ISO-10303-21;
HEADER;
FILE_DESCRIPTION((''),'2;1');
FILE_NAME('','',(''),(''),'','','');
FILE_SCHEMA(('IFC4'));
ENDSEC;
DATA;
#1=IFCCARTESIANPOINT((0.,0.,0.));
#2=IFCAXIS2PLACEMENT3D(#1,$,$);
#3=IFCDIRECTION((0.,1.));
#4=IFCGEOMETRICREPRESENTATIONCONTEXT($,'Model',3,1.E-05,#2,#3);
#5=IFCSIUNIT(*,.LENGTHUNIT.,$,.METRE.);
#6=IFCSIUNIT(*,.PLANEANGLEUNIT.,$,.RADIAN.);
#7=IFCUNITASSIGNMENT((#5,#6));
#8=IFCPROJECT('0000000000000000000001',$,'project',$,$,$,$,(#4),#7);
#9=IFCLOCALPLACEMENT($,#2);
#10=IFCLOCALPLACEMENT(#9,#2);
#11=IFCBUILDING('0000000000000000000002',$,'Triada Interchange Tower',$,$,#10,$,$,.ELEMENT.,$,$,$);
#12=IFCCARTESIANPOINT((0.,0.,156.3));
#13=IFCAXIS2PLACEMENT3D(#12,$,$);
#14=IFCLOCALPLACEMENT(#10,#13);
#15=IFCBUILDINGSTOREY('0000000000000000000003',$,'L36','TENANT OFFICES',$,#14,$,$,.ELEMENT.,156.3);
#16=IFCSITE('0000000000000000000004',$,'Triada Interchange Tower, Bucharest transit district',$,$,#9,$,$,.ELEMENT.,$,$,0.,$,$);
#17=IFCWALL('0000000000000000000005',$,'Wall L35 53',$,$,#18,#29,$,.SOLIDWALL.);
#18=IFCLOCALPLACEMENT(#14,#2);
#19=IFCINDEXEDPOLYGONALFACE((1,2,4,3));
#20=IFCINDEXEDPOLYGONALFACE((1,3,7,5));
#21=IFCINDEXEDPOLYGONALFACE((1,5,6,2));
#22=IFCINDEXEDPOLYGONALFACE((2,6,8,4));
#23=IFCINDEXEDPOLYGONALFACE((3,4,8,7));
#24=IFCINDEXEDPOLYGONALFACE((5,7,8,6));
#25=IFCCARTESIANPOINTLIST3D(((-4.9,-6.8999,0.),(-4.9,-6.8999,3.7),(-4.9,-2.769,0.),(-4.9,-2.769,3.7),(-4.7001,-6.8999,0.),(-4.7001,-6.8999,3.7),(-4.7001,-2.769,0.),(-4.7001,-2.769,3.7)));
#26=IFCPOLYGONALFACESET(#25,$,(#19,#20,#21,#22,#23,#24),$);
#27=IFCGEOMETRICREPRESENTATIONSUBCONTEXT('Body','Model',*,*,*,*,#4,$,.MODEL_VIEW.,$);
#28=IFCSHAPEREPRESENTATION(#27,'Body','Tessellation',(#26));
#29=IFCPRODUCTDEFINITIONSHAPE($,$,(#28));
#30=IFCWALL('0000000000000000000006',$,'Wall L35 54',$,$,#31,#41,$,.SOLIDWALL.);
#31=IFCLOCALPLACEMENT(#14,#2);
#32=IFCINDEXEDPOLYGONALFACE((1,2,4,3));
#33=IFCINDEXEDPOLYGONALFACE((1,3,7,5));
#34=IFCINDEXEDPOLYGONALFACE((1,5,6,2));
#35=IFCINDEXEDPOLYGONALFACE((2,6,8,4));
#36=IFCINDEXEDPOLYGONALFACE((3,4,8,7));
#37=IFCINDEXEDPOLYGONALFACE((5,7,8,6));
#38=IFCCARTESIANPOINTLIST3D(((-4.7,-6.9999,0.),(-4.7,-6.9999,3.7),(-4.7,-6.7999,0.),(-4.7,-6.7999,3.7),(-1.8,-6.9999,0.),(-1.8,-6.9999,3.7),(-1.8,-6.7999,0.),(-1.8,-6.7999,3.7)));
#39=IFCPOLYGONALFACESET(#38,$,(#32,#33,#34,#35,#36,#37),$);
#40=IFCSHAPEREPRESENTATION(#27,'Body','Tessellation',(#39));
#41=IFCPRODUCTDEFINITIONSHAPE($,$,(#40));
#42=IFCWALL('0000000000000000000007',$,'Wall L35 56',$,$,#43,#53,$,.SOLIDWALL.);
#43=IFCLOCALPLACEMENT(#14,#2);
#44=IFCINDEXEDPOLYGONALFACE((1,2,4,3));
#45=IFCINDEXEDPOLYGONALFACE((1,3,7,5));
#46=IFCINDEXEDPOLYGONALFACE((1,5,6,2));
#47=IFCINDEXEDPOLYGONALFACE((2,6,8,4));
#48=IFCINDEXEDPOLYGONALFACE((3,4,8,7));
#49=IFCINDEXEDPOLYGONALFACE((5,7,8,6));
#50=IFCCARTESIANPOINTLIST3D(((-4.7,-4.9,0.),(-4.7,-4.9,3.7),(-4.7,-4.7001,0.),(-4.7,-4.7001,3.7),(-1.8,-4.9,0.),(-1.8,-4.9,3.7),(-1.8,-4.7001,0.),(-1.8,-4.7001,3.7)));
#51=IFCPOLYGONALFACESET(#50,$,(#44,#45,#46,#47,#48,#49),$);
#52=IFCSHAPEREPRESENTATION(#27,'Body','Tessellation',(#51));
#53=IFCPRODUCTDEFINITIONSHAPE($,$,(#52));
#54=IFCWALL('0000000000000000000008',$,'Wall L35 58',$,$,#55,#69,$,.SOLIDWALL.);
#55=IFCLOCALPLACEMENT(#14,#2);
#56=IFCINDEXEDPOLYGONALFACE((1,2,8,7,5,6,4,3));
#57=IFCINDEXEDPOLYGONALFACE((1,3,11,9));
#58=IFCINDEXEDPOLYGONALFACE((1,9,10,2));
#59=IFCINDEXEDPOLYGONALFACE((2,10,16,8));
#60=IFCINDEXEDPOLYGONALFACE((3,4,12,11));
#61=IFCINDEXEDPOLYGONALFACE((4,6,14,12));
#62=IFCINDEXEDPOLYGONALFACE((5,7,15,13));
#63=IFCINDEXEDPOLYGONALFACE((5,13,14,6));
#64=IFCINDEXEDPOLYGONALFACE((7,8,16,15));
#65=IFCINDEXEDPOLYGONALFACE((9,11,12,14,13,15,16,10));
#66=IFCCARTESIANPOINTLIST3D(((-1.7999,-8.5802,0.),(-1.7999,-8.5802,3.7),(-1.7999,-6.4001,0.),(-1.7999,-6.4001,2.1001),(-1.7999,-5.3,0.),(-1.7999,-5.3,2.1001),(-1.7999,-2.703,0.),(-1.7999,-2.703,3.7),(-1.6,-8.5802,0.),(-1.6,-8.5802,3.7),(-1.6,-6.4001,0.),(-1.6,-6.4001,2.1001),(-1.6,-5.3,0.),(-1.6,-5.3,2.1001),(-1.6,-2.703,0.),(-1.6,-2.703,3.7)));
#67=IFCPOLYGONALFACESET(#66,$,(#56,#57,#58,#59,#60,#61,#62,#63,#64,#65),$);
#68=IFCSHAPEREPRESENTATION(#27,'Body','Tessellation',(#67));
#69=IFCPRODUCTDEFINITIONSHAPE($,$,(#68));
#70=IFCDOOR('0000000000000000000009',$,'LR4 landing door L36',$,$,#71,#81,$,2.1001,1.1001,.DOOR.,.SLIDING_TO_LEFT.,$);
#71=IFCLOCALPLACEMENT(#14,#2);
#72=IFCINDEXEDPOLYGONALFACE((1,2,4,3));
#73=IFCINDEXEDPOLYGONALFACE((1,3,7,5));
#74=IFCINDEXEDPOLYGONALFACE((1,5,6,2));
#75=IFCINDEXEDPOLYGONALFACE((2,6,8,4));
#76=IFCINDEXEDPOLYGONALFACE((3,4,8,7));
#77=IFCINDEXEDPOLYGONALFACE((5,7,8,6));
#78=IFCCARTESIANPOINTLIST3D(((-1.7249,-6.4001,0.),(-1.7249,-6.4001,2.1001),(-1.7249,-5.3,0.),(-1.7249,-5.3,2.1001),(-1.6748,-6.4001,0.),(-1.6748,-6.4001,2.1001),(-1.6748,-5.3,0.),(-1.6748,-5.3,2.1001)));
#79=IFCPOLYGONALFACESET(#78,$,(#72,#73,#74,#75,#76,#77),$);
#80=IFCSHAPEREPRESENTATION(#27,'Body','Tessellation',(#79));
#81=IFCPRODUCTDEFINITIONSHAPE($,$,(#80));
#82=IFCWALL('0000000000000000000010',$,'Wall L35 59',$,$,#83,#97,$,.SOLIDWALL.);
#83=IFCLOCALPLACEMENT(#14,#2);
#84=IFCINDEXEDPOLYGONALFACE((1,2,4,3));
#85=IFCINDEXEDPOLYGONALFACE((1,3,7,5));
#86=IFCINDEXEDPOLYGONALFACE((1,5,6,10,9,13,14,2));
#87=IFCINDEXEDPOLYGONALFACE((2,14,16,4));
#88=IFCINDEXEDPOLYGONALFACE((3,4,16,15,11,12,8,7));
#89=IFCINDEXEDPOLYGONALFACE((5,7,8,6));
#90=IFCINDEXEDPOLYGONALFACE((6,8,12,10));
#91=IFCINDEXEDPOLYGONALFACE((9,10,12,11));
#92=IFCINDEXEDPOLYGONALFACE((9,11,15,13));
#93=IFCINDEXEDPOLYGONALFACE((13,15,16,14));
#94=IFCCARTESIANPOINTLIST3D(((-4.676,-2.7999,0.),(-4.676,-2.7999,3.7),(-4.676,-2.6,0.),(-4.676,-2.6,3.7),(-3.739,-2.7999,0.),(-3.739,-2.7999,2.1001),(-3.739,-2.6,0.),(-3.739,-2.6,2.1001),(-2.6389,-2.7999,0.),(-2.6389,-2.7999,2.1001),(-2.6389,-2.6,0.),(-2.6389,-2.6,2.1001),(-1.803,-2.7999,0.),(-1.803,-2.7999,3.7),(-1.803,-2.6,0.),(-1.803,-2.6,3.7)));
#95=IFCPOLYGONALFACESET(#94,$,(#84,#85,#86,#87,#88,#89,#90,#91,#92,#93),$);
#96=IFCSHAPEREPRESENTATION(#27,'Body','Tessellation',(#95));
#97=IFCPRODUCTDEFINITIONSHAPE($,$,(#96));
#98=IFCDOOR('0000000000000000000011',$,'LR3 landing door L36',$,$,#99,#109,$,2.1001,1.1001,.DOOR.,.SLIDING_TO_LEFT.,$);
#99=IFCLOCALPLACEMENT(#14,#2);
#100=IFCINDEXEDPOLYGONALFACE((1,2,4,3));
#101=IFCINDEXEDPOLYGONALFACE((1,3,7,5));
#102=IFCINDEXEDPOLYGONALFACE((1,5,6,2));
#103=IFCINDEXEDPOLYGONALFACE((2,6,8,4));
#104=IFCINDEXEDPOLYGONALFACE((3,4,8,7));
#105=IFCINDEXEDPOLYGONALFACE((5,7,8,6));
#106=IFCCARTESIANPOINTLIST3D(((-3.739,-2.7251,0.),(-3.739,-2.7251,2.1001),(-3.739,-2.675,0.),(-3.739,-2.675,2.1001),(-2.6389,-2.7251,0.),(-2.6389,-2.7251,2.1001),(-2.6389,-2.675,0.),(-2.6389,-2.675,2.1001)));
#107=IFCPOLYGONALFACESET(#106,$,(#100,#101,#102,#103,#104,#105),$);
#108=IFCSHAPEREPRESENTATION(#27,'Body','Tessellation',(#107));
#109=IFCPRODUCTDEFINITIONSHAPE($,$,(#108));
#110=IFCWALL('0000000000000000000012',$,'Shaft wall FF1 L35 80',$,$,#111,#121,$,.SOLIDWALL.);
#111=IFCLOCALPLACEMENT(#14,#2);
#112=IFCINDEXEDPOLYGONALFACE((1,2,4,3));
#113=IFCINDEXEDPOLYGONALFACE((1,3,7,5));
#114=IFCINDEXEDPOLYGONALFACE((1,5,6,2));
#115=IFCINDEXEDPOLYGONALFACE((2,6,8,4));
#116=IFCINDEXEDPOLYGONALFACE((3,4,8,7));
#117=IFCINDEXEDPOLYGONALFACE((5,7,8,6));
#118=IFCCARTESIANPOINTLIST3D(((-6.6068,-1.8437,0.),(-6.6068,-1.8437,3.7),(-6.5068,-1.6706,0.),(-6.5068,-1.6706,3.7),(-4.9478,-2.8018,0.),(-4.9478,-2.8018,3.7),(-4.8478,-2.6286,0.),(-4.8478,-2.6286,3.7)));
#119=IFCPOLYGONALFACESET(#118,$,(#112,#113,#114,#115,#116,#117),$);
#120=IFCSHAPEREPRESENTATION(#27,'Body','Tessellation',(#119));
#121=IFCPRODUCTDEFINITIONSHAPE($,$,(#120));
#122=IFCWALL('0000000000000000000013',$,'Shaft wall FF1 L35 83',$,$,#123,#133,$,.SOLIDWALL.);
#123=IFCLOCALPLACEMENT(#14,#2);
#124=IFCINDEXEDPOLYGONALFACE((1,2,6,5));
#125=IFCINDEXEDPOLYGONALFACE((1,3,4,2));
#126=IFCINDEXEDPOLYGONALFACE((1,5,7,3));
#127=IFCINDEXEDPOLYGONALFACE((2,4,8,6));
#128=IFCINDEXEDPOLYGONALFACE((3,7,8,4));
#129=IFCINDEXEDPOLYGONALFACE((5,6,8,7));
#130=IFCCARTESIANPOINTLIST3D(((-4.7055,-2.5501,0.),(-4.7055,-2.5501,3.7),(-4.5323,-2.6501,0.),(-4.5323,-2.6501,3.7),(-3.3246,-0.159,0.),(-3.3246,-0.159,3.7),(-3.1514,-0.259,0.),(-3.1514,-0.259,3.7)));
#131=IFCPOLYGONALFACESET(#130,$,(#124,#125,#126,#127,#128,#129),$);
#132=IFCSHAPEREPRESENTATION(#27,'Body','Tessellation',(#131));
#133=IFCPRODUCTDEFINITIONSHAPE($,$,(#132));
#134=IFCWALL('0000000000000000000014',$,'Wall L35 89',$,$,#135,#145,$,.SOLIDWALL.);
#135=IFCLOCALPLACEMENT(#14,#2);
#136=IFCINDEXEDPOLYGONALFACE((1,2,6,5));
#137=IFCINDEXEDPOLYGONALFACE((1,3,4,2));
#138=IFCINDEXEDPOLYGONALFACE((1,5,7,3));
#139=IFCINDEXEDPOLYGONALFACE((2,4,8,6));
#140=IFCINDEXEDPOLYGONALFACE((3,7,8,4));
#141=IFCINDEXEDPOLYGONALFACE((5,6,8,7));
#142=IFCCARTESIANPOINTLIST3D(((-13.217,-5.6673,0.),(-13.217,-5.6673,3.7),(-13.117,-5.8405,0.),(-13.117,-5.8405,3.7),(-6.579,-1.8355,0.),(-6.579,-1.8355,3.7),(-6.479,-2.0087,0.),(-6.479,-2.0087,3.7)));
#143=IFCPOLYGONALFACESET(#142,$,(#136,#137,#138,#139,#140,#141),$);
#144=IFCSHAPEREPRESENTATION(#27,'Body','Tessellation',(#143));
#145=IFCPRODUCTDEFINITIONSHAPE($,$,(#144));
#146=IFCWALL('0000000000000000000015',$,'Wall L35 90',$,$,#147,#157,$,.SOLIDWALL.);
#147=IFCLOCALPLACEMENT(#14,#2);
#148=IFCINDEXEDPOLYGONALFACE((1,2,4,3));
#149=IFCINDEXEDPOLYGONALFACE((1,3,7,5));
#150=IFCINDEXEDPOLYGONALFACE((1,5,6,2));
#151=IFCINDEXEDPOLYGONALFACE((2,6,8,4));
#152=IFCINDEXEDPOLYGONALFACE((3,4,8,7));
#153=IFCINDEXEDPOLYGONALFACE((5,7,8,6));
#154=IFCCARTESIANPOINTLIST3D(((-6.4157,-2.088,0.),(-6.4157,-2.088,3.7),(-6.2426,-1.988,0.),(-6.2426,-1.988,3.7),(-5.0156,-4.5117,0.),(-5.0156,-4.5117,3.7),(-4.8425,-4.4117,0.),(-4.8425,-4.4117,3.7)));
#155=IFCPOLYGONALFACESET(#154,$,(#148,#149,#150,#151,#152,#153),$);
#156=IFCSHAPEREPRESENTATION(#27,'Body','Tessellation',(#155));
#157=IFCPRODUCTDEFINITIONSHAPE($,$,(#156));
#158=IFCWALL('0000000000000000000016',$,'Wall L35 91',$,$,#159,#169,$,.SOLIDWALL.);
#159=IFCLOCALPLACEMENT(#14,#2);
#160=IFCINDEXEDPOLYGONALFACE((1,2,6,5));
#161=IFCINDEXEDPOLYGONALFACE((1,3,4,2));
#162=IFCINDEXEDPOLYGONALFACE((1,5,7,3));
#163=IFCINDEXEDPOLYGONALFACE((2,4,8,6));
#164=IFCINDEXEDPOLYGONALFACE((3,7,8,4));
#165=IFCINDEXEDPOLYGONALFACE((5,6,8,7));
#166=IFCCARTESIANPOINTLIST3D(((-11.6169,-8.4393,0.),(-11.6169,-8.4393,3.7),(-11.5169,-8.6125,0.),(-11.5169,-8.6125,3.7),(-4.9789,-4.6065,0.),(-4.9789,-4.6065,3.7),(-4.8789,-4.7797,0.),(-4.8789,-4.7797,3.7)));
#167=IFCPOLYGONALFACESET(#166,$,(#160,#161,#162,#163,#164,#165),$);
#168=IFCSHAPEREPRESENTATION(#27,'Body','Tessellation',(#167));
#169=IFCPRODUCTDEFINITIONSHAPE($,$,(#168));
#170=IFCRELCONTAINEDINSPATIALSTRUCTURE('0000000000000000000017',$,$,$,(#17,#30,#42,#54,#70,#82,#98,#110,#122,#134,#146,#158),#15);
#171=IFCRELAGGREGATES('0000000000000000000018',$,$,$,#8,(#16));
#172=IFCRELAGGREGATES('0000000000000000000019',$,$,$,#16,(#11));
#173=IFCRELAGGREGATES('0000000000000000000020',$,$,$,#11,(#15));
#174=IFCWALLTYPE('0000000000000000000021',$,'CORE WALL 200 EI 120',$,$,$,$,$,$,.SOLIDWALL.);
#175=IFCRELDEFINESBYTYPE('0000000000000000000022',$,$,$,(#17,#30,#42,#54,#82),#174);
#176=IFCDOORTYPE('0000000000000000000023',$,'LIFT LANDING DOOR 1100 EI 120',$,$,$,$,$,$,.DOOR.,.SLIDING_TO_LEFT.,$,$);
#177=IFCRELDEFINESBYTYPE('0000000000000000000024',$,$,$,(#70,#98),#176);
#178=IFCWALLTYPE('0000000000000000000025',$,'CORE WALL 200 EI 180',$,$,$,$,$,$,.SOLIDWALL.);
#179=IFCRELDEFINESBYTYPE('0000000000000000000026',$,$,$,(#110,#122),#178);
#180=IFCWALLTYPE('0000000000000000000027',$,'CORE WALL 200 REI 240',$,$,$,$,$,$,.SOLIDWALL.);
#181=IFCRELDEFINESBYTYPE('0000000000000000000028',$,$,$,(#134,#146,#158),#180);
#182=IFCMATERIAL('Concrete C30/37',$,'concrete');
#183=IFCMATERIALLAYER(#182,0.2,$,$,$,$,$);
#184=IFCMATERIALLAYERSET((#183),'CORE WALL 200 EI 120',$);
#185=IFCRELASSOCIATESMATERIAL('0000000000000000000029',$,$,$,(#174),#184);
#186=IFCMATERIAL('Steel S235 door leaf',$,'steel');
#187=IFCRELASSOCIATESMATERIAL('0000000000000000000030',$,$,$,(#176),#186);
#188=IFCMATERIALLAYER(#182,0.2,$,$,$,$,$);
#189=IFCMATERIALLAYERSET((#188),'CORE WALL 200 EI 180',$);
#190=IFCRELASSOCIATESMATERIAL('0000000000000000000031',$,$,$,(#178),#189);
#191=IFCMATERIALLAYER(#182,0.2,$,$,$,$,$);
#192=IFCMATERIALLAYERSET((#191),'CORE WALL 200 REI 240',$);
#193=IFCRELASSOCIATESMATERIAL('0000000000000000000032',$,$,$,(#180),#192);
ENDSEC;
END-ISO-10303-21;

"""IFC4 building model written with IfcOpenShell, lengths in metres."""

from ifc_helpers import new_model, si_unit, direction, frame, frame_2d, origin, place, context, subcontext, project, spatial, rectangle, extrude, material, layer, layer_set, type_object, element, fill, save


model = new_model("IFC4")

# Units and contexts
model_context = context("Model", 3, precision=1e-05, world=origin(), true_north=direction((0.0, 1.0)))
body_context = subcontext(model_context, "Body", "Model", "MODEL_VIEW")
ifc_project = project(units=[si_unit("LENGTHUNIT", "METRE"), si_unit("PLANEANGLEUNIT", "RADIAN")], contexts=[model_context])

# Site, building, storey
site_placement = place(None, origin())
site = spatial("IfcSite", under=ifc_project, at=site_placement, Name="Triada Interchange Tower, Bucharest transit district", CompositionType="ELEMENT", RefElevation=0.0)
building_placement = place(site_placement, origin())
building = spatial("IfcBuilding", under=site, at=building_placement, Name="Triada Interchange Tower", CompositionType="ELEMENT")
storey_placement = place(building_placement, frame((0.0, 0.0, 156.3)))
storey = spatial("IfcBuildingStorey", under=building, at=storey_placement, Name="L36", Description="TENANT OFFICES", CompositionType="ELEMENT", Elevation=156.3)

# Walls
ifc_material_1 = material(Name="Concrete C30/37", Category="concrete")
ifc_layer_1 = layer(ifc_material_1, 0.2)
ifc_layer_set_1 = layer_set([ifc_layer_1], Name="CORE WALL 200 EI 120")
wall_type_1 = type_object("IfcWallType", Name="CORE WALL 200 EI 120", PredefinedType="SOLIDWALL", material=ifc_layer_set_1)
wall_1_placement = place(storey_placement, frame((-4.8, -6.8999, 0.0), z_axis=(0.0, 0.0, 1.0), x_axis=(0.0, 1.0, 0.0)))
element("IfcWall", 1, at=wall_1_placement, inside=storey, type_object=wall_type_1, Name="Wall L35 53", PredefinedType="SOLIDWALL", context=body_context, shape_type="SweptSolid", body=[
    extrude(rectangle(XDim=4.1309, YDim=0.2, at=frame_2d((2.0654, 0.0))), origin(), (0.0, 0.0, 1.0), 3.7),
])
for number, where, z_axis, x_axis, name in (
    (2, (-4.7, -6.8999, 0.0), (0.0, 0.0, 1.0), (1.0, 0.0, 0.0), "Wall L35 54"),
    (3, (-4.7, -4.8, 0.0), (0.0, 0.0, 1.0), (1.0, 0.0, 0.0), "Wall L35 56"),
):
    element("IfcWall", number, at=place(storey_placement, frame(where, z_axis=z_axis, x_axis=x_axis)), inside=storey, type_object=wall_type_1, Name=name, PredefinedType="SOLIDWALL", context=body_context, shape_type="SweptSolid", body=[
        extrude(rectangle(XDim=2.8999, YDim=0.2, at=frame_2d((1.45, 0.0))), origin(), (0.0, 0.0, 1.0), 3.7),
    ])

# Walls, openings, doors
wall_2_placement = place(storey_placement, frame((-1.7, -8.5801, 0.0), z_axis=(0.0, 0.0, 1.0), x_axis=(0.0, 1.0, 0.0)))
wall_2 = element("IfcWall", 4, at=wall_2_placement, inside=storey, type_object=wall_type_1, Name="Wall L35 58", PredefinedType="SOLIDWALL", context=body_context, shape_type="SweptSolid", body=[
    extrude(rectangle(XDim=5.8772, YDim=0.2, at=frame_2d((2.9385, 0.0))), origin(), (0.0, 0.0, 1.0), 3.7),
])
opening_1_placement = place(wall_2_placement, frame((2.1799, 0.0, 0.0)))
opening_1 = element("IfcOpeningElement", 5, at=opening_1_placement, cuts=wall_2, PredefinedType="OPENING", context=body_context, shape_type="SweptSolid", body=[
    extrude(rectangle(XDim=1.1001, YDim=2.1001, at=frame_2d((0.55, 1.05))), frame((0.0, 0.1099, 0.0), z_axis=(0.0, -1.0, 0.0), x_axis=(1.0, 0.0, 0.0)), (0.0, 0.0, 1.0), 0.22),
])
ifc_material_2 = material(Name="Steel S235 door leaf", Category="steel")
door_type_1 = type_object("IfcDoorType", Name="LIFT LANDING DOOR 1100 EI 120", OperationType="SLIDING_TO_LEFT", PredefinedType="DOOR", material=ifc_material_2)
door_1_placement = place(opening_1_placement, origin())
door_1 = element("IfcDoor", 6, at=door_1_placement, inside=storey, type_object=door_type_1, Name="LR4 landing door L36", OperationType="SLIDING_TO_LEFT", OverallHeight=2.1001, OverallWidth=1.1001, PredefinedType="DOOR", context=body_context, shape_type="SweptSolid", body=[
    extrude(rectangle(XDim=1.1001, YDim=2.1001, at=frame_2d((0.55, 1.05))), frame((0.0, 0.0249, 0.0), z_axis=(0.0, -1.0, 0.0), x_axis=(1.0, 0.0, 0.0)), (0.0, 0.0, 1.0), 0.05),
])
fill(opening_1, door_1)
wall_3_placement = place(storey_placement, frame((-4.676, -2.7, 0.0), z_axis=(0.0, 0.0, 1.0), x_axis=(1.0, 0.0, 0.0)))
wall_3 = element("IfcWall", 7, at=wall_3_placement, inside=storey, type_object=wall_type_1, Name="Wall L35 59", PredefinedType="SOLIDWALL", context=body_context, shape_type="SweptSolid", body=[
    extrude(rectangle(XDim=2.873, YDim=0.2, at=frame_2d((1.4365, 0.0))), origin(), (0.0, 0.0, 1.0), 3.7),
])
opening_2_placement = place(wall_3_placement, frame((0.937, 0.0, 0.0)))
opening_2 = element("IfcOpeningElement", 8, at=opening_2_placement, cuts=wall_3, PredefinedType="OPENING", context=body_context, shape_type="SweptSolid", body=[
    extrude(rectangle(XDim=1.1001, YDim=2.1001, at=frame_2d((0.55, 1.05))), frame((0.0, 0.1099, 0.0), z_axis=(0.0, -1.0, 0.0), x_axis=(1.0, 0.0, 0.0)), (0.0, 0.0, 1.0), 0.22),
])
door_2_placement = place(opening_2_placement, origin())
door_2 = element("IfcDoor", 9, at=door_2_placement, inside=storey, type_object=door_type_1, Name="LR3 landing door L36", OperationType="SLIDING_TO_LEFT", OverallHeight=2.1001, OverallWidth=1.1001, PredefinedType="DOOR", context=body_context, shape_type="SweptSolid", body=[
    extrude(rectangle(XDim=1.1001, YDim=2.1001, at=frame_2d((0.55, 1.05))), frame((0.0, 0.0249, 0.0), z_axis=(0.0, -1.0, 0.0), x_axis=(1.0, 0.0, 0.0)), (0.0, 0.0, 1.0), 0.05),
])
fill(opening_2, door_2)

# Walls
ifc_layer_2 = layer(ifc_material_1, 0.2)
ifc_layer_set_2 = layer_set([ifc_layer_2], Name="CORE WALL 200 EI 180")
wall_type_2 = type_object("IfcWallType", Name="CORE WALL 200 EI 180", PredefinedType="SOLIDWALL", material=ifc_layer_set_2)
wall_4_placement = place(storey_placement, frame((-6.5569, -1.7571, 0.0), z_axis=(0.0, 0.0, 1.0), x_axis=(0.865975, -0.500086, 0.0)))
element("IfcWall", 10, at=wall_4_placement, inside=storey, type_object=wall_type_2, Name="Shaft wall FF1 L35 80", PredefinedType="SOLIDWALL", context=body_context, shape_type="SweptSolid", body=[
    extrude(rectangle(XDim=1.9158, YDim=0.2, at=frame_2d((0.958, 0.0))), origin(), (0.0, 0.0, 1.0), 3.7),
])
wall_5_placement = place(storey_placement, frame((-4.6189, -2.6001, 0.0), z_axis=(0.0, 0.0, 1.0), x_axis=(0.500095, 0.865971, 0.0)))
element("IfcWall", 11, at=wall_5_placement, inside=storey, type_object=wall_type_2, Name="Shaft wall FF1 L35 83", PredefinedType="SOLIDWALL", context=body_context, shape_type="SweptSolid", body=[
    extrude(rectangle(XDim=2.7612, YDim=0.2, at=frame_2d((1.3806, 0.0))), origin(), (0.0, 0.0, 1.0), 3.7),
])
ifc_layer_3 = layer(ifc_material_1, 0.2)
ifc_layer_set_3 = layer_set([ifc_layer_3], Name="CORE WALL 200 REI 240")
wall_type_3 = type_object("IfcWallType", Name="CORE WALL 200 REI 240", PredefinedType="SOLIDWALL", material=ifc_layer_set_3)
wall_6_placement = place(storey_placement, frame((-13.167, -5.7539, 0.0), z_axis=(0.0, 0.0, 1.0), x_axis=(0.866061, 0.499938, 0.0)))
element("IfcWall", 12, at=wall_6_placement, inside=storey, type_object=wall_type_3, Name="Wall L35 89", PredefinedType="SOLIDWALL", context=body_context, shape_type="SweptSolid", body=[
    extrude(rectangle(XDim=7.6646, YDim=0.2, at=frame_2d((3.8323, 0.0))), origin(), (0.0, 0.0, 1.0), 3.7),
])
wall_7_placement = place(storey_placement, frame((-6.3291, -2.0381, 0.0), z_axis=(0.0, 0.0, 1.0), x_axis=(0.500201, -0.86591, 0.0)))
element("IfcWall", 13, at=wall_7_placement, inside=storey, type_object=wall_type_3, Name="Wall L35 90", PredefinedType="SOLIDWALL", context=body_context, shape_type="SweptSolid", body=[
    extrude(rectangle(XDim=2.7991, YDim=0.2, at=frame_2d((1.3994, 0.0))), origin(), (0.0, 0.0, 1.0), 3.7),
])
wall_8_placement = place(storey_placement, frame((-11.5669, -8.5259, 0.0), z_axis=(0.0, 0.0, 1.0), x_axis=(0.866006, 0.500034, 0.0)))
element("IfcWall", 14, at=wall_8_placement, inside=storey, type_object=wall_type_3, Name="Wall L35 91", PredefinedType="SOLIDWALL", context=body_context, shape_type="SweptSolid", body=[
    extrude(rectangle(XDim=7.665, YDim=0.2, at=frame_2d((3.8325, 0.0))), origin(), (0.0, 0.0, 1.0), 3.7),
])

save(model, "model.ifc")
